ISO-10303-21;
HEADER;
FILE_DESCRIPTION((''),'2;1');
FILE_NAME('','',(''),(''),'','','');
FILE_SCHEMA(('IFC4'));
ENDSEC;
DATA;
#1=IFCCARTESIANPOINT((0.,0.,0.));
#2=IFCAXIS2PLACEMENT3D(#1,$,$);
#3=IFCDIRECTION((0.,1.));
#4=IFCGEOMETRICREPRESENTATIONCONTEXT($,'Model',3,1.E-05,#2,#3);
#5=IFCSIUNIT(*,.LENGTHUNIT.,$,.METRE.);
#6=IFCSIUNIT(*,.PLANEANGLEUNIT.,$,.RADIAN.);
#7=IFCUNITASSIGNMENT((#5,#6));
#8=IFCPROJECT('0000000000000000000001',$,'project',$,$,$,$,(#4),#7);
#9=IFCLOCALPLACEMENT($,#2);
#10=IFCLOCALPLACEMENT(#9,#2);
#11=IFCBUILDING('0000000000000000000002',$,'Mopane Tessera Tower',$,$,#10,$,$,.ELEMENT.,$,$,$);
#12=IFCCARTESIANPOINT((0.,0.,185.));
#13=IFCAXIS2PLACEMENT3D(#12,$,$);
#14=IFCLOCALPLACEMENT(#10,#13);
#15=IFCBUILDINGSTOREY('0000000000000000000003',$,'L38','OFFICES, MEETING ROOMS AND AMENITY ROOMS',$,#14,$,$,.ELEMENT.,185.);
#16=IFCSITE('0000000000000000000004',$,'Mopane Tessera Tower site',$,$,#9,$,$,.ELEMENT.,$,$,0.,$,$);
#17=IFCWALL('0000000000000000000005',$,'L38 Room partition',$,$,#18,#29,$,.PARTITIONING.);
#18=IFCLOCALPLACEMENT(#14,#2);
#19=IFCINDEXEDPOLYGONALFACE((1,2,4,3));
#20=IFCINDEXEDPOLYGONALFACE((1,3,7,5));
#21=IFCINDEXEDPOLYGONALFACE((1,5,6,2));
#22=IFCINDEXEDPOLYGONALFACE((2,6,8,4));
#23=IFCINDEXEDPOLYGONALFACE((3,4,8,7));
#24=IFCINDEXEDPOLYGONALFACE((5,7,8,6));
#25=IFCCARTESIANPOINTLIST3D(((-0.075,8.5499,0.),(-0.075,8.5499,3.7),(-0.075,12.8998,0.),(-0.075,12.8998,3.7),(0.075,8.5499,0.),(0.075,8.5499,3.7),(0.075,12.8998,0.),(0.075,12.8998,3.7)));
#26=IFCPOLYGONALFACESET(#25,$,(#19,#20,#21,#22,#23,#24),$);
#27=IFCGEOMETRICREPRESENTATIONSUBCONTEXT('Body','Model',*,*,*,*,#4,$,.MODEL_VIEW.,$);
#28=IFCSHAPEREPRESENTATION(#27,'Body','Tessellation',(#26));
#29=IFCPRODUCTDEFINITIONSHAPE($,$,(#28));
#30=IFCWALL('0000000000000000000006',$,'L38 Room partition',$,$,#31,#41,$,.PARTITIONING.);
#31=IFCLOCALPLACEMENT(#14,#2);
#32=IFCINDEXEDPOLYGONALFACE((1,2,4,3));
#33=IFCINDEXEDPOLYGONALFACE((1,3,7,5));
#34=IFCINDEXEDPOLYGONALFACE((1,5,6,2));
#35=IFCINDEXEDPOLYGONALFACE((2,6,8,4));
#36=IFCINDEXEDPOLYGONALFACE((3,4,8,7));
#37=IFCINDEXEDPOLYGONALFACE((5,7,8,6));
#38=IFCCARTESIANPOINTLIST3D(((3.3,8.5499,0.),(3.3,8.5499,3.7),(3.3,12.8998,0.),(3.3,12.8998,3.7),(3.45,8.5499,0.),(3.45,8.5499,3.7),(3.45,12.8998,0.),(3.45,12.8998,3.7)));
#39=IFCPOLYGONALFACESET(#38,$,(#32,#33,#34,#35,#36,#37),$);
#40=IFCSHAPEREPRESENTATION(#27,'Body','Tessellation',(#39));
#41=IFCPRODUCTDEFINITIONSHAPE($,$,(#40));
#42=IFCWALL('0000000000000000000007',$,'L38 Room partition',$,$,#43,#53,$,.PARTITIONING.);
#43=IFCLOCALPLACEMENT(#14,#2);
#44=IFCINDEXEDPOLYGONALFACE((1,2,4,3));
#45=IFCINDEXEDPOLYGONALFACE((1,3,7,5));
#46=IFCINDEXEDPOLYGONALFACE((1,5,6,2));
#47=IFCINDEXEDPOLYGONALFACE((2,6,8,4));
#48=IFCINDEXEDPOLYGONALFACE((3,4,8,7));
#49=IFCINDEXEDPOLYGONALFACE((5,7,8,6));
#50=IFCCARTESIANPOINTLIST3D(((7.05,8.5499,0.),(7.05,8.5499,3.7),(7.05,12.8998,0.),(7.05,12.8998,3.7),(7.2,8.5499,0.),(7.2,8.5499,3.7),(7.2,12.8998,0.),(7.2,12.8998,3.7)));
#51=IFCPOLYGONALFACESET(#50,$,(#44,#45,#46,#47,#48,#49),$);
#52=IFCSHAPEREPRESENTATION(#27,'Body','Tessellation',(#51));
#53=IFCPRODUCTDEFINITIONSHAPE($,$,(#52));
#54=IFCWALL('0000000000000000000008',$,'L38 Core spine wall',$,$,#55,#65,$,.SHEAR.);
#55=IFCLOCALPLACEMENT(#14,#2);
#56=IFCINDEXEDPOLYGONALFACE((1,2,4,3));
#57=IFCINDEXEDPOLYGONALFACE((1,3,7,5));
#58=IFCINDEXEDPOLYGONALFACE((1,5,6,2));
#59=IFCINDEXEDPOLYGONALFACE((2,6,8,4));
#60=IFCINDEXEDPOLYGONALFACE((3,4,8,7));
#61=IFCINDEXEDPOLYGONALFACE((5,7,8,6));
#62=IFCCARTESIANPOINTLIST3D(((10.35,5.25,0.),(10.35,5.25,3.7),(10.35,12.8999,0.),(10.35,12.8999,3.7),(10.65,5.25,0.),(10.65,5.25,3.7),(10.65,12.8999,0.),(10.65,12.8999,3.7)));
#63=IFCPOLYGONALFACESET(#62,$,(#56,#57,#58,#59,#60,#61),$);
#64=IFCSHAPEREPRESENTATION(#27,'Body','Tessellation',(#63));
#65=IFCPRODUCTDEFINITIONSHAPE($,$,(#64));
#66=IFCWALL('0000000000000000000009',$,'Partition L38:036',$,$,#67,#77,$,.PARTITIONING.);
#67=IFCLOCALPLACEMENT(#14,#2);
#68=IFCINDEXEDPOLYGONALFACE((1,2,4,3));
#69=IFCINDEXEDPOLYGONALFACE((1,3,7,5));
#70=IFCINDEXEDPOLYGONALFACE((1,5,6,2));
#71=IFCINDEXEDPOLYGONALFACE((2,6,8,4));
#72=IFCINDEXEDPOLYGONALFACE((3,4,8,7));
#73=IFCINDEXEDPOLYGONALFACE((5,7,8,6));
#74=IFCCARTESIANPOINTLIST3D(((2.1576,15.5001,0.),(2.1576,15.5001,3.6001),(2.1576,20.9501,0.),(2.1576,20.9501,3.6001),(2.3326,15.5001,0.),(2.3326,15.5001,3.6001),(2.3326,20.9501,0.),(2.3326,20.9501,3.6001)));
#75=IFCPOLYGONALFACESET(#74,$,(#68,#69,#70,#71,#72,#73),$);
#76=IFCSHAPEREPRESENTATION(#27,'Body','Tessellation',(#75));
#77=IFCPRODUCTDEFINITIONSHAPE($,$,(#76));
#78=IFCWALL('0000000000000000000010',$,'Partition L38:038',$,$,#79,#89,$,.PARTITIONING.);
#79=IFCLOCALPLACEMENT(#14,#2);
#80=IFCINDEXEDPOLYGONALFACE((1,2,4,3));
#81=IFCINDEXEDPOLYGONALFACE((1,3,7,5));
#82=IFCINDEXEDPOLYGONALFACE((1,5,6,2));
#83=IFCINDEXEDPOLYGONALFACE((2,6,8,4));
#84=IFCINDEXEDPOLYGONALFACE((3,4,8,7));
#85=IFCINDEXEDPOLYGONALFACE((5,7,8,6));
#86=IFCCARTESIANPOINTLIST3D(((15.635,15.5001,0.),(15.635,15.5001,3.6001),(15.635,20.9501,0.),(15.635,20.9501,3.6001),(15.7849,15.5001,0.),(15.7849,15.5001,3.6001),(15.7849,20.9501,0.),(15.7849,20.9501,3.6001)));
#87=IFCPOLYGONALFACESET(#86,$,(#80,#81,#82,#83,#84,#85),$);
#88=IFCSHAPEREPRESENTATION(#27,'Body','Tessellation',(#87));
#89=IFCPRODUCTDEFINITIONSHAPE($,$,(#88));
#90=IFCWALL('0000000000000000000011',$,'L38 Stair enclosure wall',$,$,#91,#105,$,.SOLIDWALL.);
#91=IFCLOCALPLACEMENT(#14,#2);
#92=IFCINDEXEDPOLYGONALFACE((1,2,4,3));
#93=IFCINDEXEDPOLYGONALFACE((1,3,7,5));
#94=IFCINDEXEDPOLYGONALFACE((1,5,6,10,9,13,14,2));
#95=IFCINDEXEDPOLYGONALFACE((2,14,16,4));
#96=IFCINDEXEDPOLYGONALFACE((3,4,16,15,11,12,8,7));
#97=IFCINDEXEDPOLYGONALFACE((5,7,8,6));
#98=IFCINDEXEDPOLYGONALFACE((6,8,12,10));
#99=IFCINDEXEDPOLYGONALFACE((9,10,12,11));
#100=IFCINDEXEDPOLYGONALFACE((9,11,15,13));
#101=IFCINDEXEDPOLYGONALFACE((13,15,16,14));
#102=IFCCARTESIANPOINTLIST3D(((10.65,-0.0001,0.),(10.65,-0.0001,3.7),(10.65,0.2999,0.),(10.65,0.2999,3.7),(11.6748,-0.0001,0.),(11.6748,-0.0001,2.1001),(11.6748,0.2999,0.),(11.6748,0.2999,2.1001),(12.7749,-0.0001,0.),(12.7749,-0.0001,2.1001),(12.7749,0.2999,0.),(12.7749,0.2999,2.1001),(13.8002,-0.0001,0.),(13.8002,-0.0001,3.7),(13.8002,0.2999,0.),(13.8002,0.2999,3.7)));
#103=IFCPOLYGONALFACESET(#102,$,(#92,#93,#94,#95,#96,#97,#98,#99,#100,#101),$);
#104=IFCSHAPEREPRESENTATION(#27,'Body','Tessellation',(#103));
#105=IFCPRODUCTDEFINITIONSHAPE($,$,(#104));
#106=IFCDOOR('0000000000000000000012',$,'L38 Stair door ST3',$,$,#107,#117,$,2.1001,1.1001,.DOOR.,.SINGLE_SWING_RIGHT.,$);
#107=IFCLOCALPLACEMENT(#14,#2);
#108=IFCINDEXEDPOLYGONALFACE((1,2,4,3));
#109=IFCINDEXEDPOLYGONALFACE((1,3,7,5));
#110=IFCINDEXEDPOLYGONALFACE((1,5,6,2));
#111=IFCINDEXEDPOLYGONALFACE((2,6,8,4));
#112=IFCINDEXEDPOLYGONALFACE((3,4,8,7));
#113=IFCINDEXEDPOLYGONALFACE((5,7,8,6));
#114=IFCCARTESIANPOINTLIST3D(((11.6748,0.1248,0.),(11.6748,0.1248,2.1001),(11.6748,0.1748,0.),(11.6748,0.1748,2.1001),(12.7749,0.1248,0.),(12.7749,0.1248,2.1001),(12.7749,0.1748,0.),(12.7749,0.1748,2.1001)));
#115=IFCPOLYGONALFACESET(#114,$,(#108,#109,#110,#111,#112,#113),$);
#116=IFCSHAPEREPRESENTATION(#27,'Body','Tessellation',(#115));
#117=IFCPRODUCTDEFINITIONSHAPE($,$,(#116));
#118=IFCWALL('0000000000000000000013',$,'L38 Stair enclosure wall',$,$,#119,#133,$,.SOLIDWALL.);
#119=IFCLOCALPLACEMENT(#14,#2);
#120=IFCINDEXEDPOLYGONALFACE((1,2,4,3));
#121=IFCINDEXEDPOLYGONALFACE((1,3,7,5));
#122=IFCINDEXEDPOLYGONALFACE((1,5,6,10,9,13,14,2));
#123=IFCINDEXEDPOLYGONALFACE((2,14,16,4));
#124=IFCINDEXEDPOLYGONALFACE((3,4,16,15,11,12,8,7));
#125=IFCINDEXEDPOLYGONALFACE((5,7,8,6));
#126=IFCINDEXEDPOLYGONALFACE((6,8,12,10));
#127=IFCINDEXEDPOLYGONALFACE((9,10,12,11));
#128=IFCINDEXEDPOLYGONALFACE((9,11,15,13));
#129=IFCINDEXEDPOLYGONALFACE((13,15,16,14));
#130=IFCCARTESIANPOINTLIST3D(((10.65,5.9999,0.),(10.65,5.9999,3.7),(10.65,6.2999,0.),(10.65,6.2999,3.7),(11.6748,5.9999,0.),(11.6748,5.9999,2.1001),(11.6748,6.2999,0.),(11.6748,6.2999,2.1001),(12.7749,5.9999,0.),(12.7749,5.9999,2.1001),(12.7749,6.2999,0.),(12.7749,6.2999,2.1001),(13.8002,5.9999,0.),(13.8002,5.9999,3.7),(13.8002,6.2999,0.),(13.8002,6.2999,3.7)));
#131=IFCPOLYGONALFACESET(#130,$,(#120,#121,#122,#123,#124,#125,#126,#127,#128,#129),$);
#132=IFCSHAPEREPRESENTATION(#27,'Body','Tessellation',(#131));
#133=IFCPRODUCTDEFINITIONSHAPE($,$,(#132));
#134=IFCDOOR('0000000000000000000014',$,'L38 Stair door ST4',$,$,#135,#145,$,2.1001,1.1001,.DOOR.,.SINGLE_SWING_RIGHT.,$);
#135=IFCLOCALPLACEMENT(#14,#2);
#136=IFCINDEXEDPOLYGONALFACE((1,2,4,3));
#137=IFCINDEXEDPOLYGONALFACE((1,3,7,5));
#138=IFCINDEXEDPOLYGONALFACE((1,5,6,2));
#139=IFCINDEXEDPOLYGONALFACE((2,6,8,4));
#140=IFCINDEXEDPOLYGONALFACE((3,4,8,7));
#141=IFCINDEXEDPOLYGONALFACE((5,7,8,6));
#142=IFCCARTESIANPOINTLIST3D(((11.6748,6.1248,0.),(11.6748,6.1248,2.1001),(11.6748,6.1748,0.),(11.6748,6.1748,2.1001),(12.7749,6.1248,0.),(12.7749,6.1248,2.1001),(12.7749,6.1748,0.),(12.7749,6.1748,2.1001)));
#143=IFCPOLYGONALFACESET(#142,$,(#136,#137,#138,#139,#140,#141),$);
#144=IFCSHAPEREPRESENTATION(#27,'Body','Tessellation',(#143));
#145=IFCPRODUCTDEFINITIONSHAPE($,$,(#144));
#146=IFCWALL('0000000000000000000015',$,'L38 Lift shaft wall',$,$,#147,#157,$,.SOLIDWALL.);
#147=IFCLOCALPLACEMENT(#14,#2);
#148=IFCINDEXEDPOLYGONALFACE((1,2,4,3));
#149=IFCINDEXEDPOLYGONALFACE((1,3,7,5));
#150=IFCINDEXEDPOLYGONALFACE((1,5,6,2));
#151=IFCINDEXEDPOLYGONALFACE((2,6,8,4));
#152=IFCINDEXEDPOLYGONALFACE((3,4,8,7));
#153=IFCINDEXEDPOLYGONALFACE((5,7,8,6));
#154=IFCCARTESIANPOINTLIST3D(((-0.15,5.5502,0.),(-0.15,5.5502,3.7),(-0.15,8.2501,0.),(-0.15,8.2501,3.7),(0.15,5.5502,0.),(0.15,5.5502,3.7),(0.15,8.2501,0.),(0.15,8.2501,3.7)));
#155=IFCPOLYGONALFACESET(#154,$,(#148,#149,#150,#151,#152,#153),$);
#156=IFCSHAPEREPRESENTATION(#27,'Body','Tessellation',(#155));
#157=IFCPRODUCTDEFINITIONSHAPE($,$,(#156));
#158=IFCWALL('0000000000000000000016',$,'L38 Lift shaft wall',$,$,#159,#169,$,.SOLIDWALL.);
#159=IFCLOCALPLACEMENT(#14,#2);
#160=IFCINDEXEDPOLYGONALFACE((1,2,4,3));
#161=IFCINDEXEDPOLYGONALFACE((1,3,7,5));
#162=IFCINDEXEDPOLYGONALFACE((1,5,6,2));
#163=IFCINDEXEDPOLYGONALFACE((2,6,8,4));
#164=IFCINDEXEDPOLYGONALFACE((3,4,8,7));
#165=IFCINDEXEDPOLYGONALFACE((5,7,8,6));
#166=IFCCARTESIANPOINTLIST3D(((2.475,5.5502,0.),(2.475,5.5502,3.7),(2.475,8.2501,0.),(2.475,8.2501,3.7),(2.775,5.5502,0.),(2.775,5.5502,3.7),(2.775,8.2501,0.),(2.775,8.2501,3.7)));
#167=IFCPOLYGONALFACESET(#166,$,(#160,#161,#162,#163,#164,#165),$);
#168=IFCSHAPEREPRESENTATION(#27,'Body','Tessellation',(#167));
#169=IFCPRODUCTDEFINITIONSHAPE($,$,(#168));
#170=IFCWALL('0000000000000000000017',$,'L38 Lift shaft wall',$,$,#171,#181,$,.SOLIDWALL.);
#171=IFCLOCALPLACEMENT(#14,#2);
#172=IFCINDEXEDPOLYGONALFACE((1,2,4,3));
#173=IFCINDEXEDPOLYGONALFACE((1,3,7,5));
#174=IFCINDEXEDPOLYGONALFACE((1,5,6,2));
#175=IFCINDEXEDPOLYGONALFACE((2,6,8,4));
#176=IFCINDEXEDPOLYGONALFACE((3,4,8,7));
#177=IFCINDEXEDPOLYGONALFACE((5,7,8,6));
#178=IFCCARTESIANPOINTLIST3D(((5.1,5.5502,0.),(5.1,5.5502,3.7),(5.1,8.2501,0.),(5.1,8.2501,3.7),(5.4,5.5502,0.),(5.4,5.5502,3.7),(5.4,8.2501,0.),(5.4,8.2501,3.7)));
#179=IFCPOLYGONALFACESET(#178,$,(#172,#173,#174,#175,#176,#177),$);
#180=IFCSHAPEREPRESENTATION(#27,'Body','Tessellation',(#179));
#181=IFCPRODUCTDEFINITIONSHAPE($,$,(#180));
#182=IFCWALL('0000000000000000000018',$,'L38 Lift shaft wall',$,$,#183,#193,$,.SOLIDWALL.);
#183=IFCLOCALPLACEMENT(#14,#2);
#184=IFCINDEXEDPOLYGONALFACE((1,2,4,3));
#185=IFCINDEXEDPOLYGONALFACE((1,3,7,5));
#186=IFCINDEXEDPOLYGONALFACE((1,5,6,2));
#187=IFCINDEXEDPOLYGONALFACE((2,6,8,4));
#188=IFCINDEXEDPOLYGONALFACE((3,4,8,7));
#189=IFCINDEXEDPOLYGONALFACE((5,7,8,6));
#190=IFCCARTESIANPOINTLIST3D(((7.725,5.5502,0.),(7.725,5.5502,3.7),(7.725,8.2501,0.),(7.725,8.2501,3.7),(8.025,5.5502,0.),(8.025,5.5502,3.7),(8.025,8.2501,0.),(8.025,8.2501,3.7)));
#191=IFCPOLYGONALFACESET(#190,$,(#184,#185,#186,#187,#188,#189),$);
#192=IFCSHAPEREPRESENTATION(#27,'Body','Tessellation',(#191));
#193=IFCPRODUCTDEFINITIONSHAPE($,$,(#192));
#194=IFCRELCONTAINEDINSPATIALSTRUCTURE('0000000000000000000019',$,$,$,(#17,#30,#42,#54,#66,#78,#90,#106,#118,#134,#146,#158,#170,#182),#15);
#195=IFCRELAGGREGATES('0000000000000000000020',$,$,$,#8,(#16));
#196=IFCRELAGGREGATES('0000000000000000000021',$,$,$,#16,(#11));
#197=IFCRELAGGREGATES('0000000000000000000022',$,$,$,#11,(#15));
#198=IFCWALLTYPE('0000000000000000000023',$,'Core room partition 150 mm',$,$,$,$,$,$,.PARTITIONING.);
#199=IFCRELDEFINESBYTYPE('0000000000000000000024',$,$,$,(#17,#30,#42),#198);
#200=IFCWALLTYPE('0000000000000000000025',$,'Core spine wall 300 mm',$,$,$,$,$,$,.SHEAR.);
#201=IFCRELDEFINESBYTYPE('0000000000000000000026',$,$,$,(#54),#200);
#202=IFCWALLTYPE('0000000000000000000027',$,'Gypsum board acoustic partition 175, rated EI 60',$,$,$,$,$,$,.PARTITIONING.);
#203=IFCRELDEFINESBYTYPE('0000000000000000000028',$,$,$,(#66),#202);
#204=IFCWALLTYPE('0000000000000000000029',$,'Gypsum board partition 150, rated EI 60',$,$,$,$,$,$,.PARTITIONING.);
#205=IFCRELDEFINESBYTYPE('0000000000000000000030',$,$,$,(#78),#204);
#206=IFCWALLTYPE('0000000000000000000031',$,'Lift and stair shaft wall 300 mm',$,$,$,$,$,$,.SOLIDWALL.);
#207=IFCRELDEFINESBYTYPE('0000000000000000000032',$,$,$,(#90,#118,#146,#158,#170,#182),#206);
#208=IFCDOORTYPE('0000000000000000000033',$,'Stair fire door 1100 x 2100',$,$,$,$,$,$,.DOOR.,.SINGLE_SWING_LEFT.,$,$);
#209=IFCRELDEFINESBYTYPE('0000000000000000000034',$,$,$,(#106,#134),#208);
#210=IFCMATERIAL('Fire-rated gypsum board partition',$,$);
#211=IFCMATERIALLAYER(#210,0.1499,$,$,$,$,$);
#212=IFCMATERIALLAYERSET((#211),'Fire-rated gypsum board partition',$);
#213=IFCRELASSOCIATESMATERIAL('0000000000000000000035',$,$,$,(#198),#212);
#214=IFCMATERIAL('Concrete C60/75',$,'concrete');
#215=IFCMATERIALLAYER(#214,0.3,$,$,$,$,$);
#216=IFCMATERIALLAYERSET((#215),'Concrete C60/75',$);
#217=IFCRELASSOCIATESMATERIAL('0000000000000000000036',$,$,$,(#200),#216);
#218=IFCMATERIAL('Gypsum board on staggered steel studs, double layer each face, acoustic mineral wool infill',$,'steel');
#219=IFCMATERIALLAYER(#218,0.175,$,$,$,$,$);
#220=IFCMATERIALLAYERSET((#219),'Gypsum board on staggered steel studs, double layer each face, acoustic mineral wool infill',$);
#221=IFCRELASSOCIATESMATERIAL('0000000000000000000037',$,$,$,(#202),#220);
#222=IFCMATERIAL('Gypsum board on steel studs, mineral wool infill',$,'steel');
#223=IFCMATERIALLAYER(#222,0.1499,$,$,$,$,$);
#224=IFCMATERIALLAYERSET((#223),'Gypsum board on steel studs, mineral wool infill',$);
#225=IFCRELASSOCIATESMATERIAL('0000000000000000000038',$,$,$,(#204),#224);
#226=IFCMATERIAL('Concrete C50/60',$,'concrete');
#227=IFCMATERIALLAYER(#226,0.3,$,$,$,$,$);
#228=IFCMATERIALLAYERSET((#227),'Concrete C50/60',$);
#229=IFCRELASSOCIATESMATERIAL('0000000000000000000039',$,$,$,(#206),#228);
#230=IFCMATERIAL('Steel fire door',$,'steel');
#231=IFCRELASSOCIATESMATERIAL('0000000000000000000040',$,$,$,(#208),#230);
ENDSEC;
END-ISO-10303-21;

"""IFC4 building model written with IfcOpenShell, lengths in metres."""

from ifc_helpers import new_model, si_unit, direction, frame, frame_2d, origin, place, context, subcontext, project, spatial, rectangle, extrude, material, layer, layer_set, type_object, element, fill, save


model = new_model("IFC4")

# Units and contexts
model_context = context("Model", 3, precision=1e-05, world=origin(), true_north=direction((0.0, 1.0)))
body_context = subcontext(model_context, "Body", "Model", "MODEL_VIEW")
ifc_project = project(units=[si_unit("LENGTHUNIT", "METRE"), si_unit("PLANEANGLEUNIT", "RADIAN")], contexts=[model_context])

# Site, building, storey
site_placement = place(None, origin())
site = spatial("IfcSite", under=ifc_project, at=site_placement, Name="Mopane Tessera Tower site", CompositionType="ELEMENT", RefElevation=0.0)
building_placement = place(site_placement, origin())
building = spatial("IfcBuilding", under=site, at=building_placement, Name="Mopane Tessera Tower", CompositionType="ELEMENT")
storey_placement = place(building_placement, frame((0.0, 0.0, 185.0)))
storey = spatial("IfcBuildingStorey", under=building, at=storey_placement, Name="L38", Description="OFFICES, MEETING ROOMS AND AMENITY ROOMS", CompositionType="ELEMENT", Elevation=185.0)

# Walls
ifc_material_1 = material(Name="Fire-rated gypsum board partition")
ifc_layer_1 = layer(ifc_material_1, 0.1499)
ifc_layer_set_1 = layer_set([ifc_layer_1], Name="Fire-rated gypsum board partition")
wall_type_1 = type_object("IfcWallType", Name="Core room partition 150 mm", PredefinedType="PARTITIONING", material=ifc_layer_set_1)
for number, where, z_axis, x_axis, name in (
    (1, (0.0, 8.55, 0.0), (0.0, 0.0, 1.0), (0.0, 1.0, 0.0), "L38 Room partition"),
    (2, (3.375, 8.55, 0.0), (0.0, 0.0, 1.0), (0.0, 1.0, 0.0), "L38 Room partition"),
    (3, (7.125, 8.55, 0.0), (0.0, 0.0, 1.0), (0.0, 1.0, 0.0), "L38 Room partition"),
):
    element("IfcWall", number, at=place(storey_placement, frame(where, z_axis=z_axis, x_axis=x_axis)), inside=storey, type_object=wall_type_1, Name=name, PredefinedType="PARTITIONING", context=body_context, shape_type="SweptSolid", body=[
        extrude(rectangle(XDim=4.3499, YDim=0.1499, at=frame_2d((2.1748, 0.0))), origin(), (0.0, 0.0, 1.0), 3.7),
    ])
ifc_material_2 = material(Name="Concrete C60/75", Category="concrete")
ifc_layer_2 = layer(ifc_material_2, 0.3)
ifc_layer_set_2 = layer_set([ifc_layer_2], Name="Concrete C60/75")
wall_type_2 = type_object("IfcWallType", Name="Core spine wall 300 mm", PredefinedType="SHEAR", material=ifc_layer_set_2)
wall_1_placement = place(storey_placement, frame((10.5, 5.25, 0.0), z_axis=(0.0, 0.0, 1.0), x_axis=(0.0, 1.0, 0.0)))
element("IfcWall", 4, at=wall_1_placement, inside=storey, type_object=wall_type_2, Name="L38 Core spine wall", PredefinedType="SHEAR", context=body_context, shape_type="SweptSolid", body=[
    extrude(rectangle(XDim=7.6499, YDim=0.3, at=frame_2d((3.825, 0.0))), origin(), (0.0, 0.0, 1.0), 3.7),
])
ifc_material_3 = material(Name="Gypsum board on staggered steel studs, double layer each face, acoustic mineral wool infill", Category="steel")
ifc_layer_3 = layer(ifc_material_3, 0.175)
ifc_layer_set_3 = layer_set([ifc_layer_3], Name="Gypsum board on staggered steel studs, double layer each face, acoustic mineral wool infill")
wall_type_3 = type_object("IfcWallType", Name="Gypsum board acoustic partition 175, rated EI 60", PredefinedType="PARTITIONING", material=ifc_layer_set_3)
wall_2_placement = place(storey_placement, frame((2.2451, 15.5, 0.0), z_axis=(0.0, 0.0, 1.0), x_axis=(0.0, 1.0, 0.0)))
element("IfcWall", 5, at=wall_2_placement, inside=storey, type_object=wall_type_3, Name="Partition L38:036", PredefinedType="PARTITIONING", context=body_context, shape_type="SweptSolid", body=[
    extrude(rectangle(XDim=5.45, YDim=0.175, at=frame_2d((2.7251, 0.0))), origin(), (0.0, 0.0, 1.0), 3.6001),
])
ifc_material_4 = material(Name="Gypsum board on steel studs, mineral wool infill", Category="steel")
ifc_layer_4 = layer(ifc_material_4, 0.1499)
ifc_layer_set_4 = layer_set([ifc_layer_4], Name="Gypsum board on steel studs, mineral wool infill")
wall_type_4 = type_object("IfcWallType", Name="Gypsum board partition 150, rated EI 60", PredefinedType="PARTITIONING", material=ifc_layer_set_4)
wall_3_placement = place(storey_placement, frame((15.71, 15.5, 0.0), z_axis=(0.0, 0.0, 1.0), x_axis=(0.0, 1.0, 0.0)))
element("IfcWall", 6, at=wall_3_placement, inside=storey, type_object=wall_type_4, Name="Partition L38:038", PredefinedType="PARTITIONING", context=body_context, shape_type="SweptSolid", body=[
    extrude(rectangle(XDim=5.45, YDim=0.1499, at=frame_2d((2.7251, 0.0))), origin(), (0.0, 0.0, 1.0), 3.6001),
])

# Walls, openings, doors
ifc_material_5 = material(Name="Concrete C50/60", Category="concrete")
ifc_layer_5 = layer(ifc_material_5, 0.3)
ifc_layer_set_5 = layer_set([ifc_layer_5], Name="Concrete C50/60")
wall_type_5 = type_object("IfcWallType", Name="Lift and stair shaft wall 300 mm", PredefinedType="SOLIDWALL", material=ifc_layer_set_5)
wall_4_placement = place(storey_placement, frame((10.6499, 0.1499, 0.0), z_axis=(0.0, 0.0, 1.0), x_axis=(1.0, 0.0, 0.0)))
wall_4 = element("IfcWall", 7, at=wall_4_placement, inside=storey, type_object=wall_type_5, Name="L38 Stair enclosure wall", PredefinedType="SOLIDWALL", context=body_context, shape_type="SweptSolid", body=[
    extrude(rectangle(XDim=3.1501, YDim=0.3, at=frame_2d((1.5752, 0.0))), origin(), (0.0, 0.0, 1.0), 3.7),
])
opening_1_placement = place(wall_4_placement, frame((1.0249, 0.0, 0.0)))
opening_1 = element("IfcOpeningElement", 8, at=opening_1_placement, cuts=wall_4, PredefinedType="OPENING", context=body_context, shape_type="SweptSolid", body=[
    extrude(rectangle(XDim=1.1001, YDim=2.1001, at=frame_2d((0.55, 1.05))), frame((0.0, 0.1621, 0.0), z_axis=(0.0, -1.0, 0.0), x_axis=(1.0, 0.0, 0.0)), (0.0, 0.0, 1.0), 0.324),
])
ifc_material_6 = material(Name="Steel fire door", Category="steel")
door_type = type_object("IfcDoorType", Name="Stair fire door 1100 x 2100", OperationType="SINGLE_SWING_LEFT", PredefinedType="DOOR", material=ifc_material_6)
door_1_placement = place(opening_1_placement, origin())
door_1 = element("IfcDoor", 9, at=door_1_placement, inside=storey, type_object=door_type, Name="L38 Stair door ST3", OperationType="SINGLE_SWING_RIGHT", OverallHeight=2.1001, OverallWidth=1.1001, PredefinedType="DOOR", context=body_context, shape_type="SweptSolid", body=[
    extrude(rectangle(XDim=1.1001, YDim=2.1001, at=frame_2d((0.55, 1.05))), frame((0.0, 0.0249, 0.0), z_axis=(0.0, -1.0, 0.0), x_axis=(1.0, 0.0, 0.0)), (0.0, 0.0, 1.0), 0.05),
])
fill(opening_1, door_1)
wall_5_placement = place(storey_placement, frame((10.6499, 6.1499, 0.0), z_axis=(0.0, 0.0, 1.0), x_axis=(1.0, 0.0, 0.0)))
wall_5 = element("IfcWall", 10, at=wall_5_placement, inside=storey, type_object=wall_type_5, Name="L38 Stair enclosure wall", PredefinedType="SOLIDWALL", context=body_context, shape_type="SweptSolid", body=[
    extrude(rectangle(XDim=3.1501, YDim=0.3, at=frame_2d((1.5752, 0.0))), origin(), (0.0, 0.0, 1.0), 3.7),
])
opening_2_placement = place(wall_5_placement, frame((1.0249, 0.0, 0.0)))
opening_2 = element("IfcOpeningElement", 11, at=opening_2_placement, cuts=wall_5, PredefinedType="OPENING", context=body_context, shape_type="SweptSolid", body=[
    extrude(rectangle(XDim=1.1001, YDim=2.1001, at=frame_2d((0.55, 1.05))), frame((0.0, 0.1621, 0.0), z_axis=(0.0, -1.0, 0.0), x_axis=(1.0, 0.0, 0.0)), (0.0, 0.0, 1.0), 0.324),
])
door_2_placement = place(opening_2_placement, origin())
door_2 = element("IfcDoor", 12, at=door_2_placement, inside=storey, type_object=door_type, Name="L38 Stair door ST4", OperationType="SINGLE_SWING_RIGHT", OverallHeight=2.1001, OverallWidth=1.1001, PredefinedType="DOOR", context=body_context, shape_type="SweptSolid", body=[
    extrude(rectangle(XDim=1.1001, YDim=2.1001, at=frame_2d((0.55, 1.05))), frame((0.0, 0.0249, 0.0), z_axis=(0.0, -1.0, 0.0), x_axis=(1.0, 0.0, 0.0)), (0.0, 0.0, 1.0), 0.05),
])
fill(opening_2, door_2)

# Walls
for number, where, z_axis, x_axis, name in (
    (13, (0.0, 5.55, 0.0), (0.0, 0.0, 1.0), (0.0, 1.0, 0.0), "L38 Lift shaft wall"),
    (14, (2.625, 5.55, 0.0), (0.0, 0.0, 1.0), (0.0, 1.0, 0.0), "L38 Lift shaft wall"),
    (15, (5.25, 5.55, 0.0), (0.0, 0.0, 1.0), (0.0, 1.0, 0.0), "L38 Lift shaft wall"),
    (16, (7.875, 5.55, 0.0), (0.0, 0.0, 1.0), (0.0, 1.0, 0.0), "L38 Lift shaft wall"),
):
    element("IfcWall", number, at=place(storey_placement, frame(where, z_axis=z_axis, x_axis=x_axis)), inside=storey, type_object=wall_type_5, Name=name, PredefinedType="SOLIDWALL", context=body_context, shape_type="SweptSolid", body=[
        extrude(rectangle(XDim=2.7, YDim=0.3, at=frame_2d((1.3501, 0.0))), origin(), (0.0, 0.0, 1.0), 3.7),
    ])

save(model, "model.ifc")
